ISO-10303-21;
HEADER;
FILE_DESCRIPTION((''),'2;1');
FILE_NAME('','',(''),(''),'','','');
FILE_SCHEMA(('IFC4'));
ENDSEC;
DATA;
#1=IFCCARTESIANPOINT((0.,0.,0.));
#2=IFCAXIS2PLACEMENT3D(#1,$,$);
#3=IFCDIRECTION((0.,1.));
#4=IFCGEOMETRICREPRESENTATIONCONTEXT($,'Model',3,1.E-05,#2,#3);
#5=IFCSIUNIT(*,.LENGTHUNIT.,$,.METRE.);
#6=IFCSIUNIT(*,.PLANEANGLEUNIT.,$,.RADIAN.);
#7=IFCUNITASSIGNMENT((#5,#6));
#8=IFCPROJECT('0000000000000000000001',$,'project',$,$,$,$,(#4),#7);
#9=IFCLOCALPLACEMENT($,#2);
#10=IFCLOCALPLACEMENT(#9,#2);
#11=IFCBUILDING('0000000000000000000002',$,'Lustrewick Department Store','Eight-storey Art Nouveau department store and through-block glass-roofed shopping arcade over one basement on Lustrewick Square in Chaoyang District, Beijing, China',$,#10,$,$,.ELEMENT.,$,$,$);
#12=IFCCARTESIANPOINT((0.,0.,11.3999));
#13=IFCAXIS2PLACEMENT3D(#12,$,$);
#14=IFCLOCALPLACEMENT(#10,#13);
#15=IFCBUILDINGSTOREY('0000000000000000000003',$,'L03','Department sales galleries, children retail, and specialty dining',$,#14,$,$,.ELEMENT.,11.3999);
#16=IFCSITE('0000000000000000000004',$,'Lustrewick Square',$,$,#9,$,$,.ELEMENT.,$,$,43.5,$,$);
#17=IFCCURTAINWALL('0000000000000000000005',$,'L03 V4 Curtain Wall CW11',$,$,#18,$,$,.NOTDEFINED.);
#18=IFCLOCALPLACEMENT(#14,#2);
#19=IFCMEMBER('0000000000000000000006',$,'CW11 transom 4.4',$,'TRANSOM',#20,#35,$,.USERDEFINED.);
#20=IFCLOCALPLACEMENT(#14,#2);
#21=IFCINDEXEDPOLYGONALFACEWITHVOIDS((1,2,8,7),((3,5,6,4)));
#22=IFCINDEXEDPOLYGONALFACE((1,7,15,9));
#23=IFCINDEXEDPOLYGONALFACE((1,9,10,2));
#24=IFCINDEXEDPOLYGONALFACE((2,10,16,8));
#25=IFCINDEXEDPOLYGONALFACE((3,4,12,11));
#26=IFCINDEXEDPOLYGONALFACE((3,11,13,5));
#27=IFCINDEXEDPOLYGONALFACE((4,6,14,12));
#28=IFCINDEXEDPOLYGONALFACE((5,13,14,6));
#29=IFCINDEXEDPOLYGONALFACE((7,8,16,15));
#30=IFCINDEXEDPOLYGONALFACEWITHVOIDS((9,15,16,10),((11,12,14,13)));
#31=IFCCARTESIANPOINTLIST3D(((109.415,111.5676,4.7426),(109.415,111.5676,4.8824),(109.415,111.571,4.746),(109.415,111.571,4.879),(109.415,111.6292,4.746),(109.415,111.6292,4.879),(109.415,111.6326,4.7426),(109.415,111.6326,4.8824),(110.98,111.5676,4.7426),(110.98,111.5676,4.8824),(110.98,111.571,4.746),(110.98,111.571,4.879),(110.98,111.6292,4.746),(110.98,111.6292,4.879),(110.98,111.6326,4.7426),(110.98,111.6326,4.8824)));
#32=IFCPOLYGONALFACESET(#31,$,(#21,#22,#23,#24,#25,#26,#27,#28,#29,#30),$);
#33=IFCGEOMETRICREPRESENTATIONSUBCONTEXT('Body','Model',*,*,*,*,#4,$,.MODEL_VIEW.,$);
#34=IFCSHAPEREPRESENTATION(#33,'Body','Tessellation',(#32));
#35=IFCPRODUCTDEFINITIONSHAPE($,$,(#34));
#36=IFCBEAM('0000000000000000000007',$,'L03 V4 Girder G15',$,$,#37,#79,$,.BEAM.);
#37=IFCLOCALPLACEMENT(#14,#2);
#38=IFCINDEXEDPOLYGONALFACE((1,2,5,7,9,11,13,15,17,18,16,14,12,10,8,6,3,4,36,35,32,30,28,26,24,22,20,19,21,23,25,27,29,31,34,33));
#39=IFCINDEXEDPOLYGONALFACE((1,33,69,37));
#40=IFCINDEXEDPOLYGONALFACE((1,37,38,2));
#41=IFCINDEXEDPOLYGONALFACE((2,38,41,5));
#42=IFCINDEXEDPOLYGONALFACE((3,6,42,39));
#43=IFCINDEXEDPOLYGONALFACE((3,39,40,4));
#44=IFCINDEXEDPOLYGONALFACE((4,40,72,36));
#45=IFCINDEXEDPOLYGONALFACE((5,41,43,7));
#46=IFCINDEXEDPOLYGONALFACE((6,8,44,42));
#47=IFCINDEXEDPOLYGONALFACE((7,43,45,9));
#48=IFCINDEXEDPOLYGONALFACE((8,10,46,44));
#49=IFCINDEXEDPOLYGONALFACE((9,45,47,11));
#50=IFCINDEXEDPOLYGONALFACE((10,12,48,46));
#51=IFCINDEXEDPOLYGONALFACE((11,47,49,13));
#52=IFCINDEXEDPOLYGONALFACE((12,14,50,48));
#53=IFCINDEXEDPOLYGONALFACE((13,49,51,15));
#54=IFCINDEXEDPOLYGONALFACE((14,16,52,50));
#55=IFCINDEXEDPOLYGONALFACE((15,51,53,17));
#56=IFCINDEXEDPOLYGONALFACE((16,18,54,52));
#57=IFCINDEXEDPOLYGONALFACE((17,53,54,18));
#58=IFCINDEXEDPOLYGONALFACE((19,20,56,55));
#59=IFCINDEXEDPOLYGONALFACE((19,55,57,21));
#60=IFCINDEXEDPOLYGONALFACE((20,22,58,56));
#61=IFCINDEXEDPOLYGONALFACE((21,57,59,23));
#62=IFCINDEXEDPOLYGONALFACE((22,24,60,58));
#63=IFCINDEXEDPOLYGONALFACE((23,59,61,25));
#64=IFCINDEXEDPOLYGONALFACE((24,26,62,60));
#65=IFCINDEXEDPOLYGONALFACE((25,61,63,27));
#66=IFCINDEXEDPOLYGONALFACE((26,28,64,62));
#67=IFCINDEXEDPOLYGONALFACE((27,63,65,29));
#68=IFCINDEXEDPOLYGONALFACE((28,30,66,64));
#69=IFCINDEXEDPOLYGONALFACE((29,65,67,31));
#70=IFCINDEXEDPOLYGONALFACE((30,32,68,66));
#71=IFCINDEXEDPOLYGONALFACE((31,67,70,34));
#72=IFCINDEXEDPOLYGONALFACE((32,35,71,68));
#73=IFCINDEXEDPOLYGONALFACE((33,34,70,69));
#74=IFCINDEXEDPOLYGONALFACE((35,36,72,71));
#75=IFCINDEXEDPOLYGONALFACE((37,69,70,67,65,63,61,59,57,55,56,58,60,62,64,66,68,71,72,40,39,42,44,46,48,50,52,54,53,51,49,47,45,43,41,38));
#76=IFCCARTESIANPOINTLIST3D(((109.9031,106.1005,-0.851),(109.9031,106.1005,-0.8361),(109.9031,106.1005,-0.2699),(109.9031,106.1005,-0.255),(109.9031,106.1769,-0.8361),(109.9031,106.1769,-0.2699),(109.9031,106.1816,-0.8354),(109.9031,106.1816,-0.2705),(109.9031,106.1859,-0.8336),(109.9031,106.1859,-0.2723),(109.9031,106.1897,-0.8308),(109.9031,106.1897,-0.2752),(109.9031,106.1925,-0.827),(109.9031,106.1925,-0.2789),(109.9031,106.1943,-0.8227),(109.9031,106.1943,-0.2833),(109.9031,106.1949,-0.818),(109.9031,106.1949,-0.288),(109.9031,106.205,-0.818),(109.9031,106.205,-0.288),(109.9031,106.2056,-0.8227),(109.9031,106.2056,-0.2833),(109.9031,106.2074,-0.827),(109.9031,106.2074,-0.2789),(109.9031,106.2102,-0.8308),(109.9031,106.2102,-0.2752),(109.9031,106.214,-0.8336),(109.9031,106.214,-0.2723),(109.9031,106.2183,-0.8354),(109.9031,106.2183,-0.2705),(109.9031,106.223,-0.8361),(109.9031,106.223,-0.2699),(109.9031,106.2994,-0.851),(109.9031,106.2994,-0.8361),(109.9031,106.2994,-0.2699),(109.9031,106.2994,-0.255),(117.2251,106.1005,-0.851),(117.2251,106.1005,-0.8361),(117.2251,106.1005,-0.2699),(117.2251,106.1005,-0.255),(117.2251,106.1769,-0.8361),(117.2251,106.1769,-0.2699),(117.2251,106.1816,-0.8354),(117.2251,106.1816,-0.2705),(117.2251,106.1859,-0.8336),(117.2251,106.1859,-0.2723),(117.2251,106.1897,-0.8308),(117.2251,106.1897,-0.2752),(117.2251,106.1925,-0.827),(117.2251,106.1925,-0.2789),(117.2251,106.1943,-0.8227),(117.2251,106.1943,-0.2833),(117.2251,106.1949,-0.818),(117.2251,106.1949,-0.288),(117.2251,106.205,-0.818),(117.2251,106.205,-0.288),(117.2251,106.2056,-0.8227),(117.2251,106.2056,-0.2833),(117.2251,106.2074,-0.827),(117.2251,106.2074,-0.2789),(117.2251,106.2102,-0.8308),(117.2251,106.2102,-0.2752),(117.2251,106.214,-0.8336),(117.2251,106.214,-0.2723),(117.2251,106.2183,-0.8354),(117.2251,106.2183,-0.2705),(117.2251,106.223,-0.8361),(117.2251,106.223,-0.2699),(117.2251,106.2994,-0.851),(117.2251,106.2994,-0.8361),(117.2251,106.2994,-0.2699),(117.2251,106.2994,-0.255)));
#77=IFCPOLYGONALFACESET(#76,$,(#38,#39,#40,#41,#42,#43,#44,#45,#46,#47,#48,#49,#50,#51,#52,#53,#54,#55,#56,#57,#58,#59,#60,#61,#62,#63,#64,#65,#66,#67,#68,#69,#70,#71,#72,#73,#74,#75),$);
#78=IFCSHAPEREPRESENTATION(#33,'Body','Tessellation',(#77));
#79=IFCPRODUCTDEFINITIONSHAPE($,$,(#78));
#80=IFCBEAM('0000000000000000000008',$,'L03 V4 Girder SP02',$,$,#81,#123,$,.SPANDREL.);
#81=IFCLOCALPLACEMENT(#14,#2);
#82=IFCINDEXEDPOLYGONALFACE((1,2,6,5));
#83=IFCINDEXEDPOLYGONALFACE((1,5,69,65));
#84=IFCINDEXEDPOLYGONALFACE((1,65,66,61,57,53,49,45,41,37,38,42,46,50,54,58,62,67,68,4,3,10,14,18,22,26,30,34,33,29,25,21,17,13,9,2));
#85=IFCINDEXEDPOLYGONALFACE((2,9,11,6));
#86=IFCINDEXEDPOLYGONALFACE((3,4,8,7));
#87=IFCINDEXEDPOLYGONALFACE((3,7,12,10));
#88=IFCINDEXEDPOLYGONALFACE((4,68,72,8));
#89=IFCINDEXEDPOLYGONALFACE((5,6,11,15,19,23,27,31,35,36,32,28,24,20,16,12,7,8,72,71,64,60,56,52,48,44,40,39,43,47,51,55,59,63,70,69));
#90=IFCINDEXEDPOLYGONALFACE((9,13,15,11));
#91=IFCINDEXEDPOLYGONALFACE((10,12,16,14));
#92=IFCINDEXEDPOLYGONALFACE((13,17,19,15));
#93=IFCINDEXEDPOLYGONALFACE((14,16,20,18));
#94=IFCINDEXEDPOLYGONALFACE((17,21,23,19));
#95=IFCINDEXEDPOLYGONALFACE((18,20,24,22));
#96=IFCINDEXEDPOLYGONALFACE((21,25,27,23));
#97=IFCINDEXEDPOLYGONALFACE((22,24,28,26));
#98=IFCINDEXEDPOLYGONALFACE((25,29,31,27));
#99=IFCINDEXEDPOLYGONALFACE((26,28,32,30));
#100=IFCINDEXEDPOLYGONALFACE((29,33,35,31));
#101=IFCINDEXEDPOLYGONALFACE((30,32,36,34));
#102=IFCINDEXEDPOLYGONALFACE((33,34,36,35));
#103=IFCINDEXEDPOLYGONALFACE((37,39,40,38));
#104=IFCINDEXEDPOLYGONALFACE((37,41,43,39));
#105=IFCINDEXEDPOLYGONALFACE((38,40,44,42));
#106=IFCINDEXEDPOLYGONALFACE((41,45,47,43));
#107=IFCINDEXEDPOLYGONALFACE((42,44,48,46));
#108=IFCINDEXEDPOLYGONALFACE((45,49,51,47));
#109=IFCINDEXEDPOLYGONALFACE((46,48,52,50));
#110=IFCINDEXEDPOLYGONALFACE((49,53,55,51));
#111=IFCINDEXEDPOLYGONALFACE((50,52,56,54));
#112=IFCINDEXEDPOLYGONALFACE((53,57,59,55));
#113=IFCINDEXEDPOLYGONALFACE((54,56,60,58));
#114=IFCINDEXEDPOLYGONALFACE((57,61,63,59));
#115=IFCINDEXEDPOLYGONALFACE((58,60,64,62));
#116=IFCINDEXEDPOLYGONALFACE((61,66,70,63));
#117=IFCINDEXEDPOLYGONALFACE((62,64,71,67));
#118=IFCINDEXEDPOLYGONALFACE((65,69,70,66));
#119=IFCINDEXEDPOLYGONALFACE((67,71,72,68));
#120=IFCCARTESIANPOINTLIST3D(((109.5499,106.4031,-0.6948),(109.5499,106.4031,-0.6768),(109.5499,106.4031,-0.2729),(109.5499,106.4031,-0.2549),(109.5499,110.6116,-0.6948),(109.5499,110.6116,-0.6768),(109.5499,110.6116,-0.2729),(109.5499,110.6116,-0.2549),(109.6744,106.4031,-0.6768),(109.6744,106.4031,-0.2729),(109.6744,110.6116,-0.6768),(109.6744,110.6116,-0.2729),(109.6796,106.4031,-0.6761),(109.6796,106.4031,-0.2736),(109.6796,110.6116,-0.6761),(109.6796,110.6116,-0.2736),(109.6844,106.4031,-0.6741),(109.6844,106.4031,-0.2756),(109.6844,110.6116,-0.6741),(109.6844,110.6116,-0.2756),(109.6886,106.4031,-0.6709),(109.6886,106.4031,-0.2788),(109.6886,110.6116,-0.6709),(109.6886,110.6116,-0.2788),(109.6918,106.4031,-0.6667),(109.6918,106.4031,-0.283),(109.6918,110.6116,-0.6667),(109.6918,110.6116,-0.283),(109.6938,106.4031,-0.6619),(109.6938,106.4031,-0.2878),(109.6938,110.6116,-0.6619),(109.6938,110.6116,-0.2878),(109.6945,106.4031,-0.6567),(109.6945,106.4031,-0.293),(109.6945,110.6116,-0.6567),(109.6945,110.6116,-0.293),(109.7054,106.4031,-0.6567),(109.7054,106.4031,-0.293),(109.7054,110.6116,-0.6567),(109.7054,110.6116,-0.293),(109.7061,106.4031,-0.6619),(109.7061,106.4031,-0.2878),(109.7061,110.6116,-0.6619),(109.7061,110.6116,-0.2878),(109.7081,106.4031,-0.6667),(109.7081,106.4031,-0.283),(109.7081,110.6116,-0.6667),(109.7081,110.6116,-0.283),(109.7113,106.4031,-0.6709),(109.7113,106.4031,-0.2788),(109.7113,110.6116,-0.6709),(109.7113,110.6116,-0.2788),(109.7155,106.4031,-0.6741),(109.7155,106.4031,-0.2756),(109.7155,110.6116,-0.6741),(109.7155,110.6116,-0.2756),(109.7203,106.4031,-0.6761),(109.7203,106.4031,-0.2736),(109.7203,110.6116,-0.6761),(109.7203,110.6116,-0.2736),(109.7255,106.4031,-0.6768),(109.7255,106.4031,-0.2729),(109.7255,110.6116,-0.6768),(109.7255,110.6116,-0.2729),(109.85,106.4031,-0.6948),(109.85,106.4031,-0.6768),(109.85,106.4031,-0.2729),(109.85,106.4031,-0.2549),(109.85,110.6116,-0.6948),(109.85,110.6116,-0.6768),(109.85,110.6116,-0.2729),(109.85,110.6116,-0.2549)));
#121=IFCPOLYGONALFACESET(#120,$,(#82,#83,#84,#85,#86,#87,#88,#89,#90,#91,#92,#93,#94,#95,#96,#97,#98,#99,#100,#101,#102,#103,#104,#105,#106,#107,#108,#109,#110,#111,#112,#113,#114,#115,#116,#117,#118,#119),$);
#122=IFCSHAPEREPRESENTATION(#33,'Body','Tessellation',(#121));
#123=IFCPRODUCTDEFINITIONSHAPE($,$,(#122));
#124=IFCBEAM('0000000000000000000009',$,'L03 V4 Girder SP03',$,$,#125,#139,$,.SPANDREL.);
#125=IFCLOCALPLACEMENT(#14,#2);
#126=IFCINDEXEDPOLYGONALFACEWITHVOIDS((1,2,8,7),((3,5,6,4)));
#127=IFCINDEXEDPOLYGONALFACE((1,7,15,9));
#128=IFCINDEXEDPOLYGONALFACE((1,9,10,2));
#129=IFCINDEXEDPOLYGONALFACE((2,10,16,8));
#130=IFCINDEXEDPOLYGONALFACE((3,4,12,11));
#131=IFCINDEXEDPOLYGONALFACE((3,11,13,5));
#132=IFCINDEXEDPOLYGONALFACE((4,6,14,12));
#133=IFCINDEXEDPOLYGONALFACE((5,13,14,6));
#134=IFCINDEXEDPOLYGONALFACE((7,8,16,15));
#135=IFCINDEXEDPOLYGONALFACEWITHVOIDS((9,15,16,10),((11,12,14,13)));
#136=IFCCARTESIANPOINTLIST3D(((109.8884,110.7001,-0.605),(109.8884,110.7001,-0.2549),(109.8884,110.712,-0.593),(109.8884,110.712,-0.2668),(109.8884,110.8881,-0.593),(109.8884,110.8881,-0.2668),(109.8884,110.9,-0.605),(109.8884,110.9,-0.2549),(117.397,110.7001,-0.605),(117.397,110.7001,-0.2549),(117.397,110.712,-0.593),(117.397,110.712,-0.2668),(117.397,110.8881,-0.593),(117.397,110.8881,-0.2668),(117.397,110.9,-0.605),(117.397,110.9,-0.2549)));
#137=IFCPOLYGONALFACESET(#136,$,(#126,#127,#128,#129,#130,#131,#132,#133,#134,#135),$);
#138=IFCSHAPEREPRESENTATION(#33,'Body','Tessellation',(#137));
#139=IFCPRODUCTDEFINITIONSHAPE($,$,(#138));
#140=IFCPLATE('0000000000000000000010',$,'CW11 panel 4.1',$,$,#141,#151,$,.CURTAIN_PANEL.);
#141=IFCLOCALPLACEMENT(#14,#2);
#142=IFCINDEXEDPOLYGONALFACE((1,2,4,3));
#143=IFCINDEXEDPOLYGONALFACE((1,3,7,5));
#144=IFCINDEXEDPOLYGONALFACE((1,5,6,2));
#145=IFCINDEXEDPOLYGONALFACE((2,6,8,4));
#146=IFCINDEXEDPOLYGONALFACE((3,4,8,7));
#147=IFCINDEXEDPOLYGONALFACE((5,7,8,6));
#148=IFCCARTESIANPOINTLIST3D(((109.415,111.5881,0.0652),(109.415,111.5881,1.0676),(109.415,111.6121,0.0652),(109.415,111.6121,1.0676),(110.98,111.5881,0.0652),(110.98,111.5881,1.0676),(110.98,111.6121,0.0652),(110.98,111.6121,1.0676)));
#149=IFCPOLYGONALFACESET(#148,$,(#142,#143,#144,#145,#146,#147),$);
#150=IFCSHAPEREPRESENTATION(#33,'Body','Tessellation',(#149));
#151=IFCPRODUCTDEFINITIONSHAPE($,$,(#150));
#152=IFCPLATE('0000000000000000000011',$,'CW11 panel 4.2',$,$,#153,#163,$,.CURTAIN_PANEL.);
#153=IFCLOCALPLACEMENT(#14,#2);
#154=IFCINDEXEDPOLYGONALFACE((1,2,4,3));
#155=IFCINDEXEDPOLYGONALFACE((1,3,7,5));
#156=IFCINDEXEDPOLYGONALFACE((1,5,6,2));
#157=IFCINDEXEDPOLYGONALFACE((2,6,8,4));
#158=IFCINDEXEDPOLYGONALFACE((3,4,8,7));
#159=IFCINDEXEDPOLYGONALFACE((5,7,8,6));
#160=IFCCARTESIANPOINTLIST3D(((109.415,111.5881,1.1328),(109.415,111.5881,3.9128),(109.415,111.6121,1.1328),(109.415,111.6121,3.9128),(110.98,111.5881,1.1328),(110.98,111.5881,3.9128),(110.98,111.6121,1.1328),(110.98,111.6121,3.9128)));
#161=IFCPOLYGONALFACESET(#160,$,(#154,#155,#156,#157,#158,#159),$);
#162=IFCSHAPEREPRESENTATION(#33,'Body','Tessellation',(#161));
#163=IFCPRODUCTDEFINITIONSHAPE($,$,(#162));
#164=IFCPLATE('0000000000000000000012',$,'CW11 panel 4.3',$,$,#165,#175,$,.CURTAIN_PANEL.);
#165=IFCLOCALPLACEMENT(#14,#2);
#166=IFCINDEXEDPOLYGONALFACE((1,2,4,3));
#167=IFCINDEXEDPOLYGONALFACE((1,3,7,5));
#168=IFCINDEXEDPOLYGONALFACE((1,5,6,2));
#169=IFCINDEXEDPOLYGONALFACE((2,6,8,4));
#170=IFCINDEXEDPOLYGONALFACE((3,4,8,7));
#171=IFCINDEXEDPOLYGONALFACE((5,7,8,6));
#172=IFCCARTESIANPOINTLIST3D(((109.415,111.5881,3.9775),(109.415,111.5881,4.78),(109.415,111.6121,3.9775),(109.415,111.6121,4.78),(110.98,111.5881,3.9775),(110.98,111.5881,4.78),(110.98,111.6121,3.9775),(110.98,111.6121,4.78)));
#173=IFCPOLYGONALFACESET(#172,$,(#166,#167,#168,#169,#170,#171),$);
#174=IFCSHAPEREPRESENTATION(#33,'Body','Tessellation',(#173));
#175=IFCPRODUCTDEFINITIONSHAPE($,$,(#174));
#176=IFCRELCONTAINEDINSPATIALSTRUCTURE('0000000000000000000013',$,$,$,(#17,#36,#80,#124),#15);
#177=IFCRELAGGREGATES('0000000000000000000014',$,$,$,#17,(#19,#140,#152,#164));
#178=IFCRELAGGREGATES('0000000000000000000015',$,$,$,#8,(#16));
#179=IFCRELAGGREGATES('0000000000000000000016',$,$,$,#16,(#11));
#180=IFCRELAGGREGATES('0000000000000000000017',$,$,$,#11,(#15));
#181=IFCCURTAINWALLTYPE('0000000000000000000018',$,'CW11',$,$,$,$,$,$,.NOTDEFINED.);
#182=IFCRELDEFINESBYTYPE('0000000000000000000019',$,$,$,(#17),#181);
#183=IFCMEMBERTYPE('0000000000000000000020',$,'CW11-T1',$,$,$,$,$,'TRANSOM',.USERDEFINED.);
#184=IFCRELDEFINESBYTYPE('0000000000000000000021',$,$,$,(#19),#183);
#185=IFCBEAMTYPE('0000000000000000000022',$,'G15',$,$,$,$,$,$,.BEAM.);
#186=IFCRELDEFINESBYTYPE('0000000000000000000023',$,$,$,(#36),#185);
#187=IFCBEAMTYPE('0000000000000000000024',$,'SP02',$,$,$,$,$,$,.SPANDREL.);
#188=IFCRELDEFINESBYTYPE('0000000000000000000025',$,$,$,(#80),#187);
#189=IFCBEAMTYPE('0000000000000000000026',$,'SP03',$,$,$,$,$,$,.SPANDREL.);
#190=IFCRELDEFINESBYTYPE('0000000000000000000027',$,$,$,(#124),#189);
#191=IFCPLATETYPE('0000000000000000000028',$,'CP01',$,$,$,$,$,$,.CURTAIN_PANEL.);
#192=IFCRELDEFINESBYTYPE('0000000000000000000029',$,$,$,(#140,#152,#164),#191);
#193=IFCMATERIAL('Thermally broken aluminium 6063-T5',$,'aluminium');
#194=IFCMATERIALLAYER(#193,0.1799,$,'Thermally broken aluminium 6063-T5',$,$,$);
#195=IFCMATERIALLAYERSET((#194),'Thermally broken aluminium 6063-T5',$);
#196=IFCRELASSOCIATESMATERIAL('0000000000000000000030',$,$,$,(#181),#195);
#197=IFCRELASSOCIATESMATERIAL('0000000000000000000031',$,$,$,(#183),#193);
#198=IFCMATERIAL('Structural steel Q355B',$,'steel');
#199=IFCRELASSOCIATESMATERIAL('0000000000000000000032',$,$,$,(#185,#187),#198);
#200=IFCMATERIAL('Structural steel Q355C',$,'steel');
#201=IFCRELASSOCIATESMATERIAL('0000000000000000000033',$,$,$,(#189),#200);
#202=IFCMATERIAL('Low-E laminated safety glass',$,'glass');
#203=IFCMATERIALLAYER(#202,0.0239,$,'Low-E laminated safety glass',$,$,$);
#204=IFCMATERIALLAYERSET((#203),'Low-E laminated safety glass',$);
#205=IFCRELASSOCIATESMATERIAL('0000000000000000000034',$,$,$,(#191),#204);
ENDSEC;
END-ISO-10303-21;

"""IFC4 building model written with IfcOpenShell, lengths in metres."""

from ifc_helpers import new_model, si_unit, direction, frame, origin, origin_2d, place, context, subcontext, project, spatial, rectangle, hollow_rectangle, i_section, extrude, material, layer, layer_set, material_profile, profile_set, type_object, element, aggregate, save


model = new_model("IFC4")

# Units and contexts
model_context = context("Model", 3, precision=1e-05, world=origin(), true_north=direction((0.0, 1.0)))
body_context = subcontext(model_context, "Body", "Model", "MODEL_VIEW")
ifc_project = project(units=[si_unit("LENGTHUNIT", "METRE"), si_unit("PLANEANGLEUNIT", "RADIAN")], contexts=[model_context])

# Site, building, storey
site_placement = place(None, origin())
site = spatial("IfcSite", under=ifc_project, at=site_placement, Name="Lustrewick Square", CompositionType="ELEMENT", RefElevation=43.5)
building_placement = place(site_placement, origin())
building = spatial("IfcBuilding", under=site, at=building_placement, Name="Lustrewick Department Store", Description="Eight-storey Art Nouveau department store and through-block glass-roofed shopping arcade over one basement on Lustrewick Square in Chaoyang District, Beijing, China", CompositionType="ELEMENT")
storey_placement = place(building_placement, frame((0.0, 0.0, 11.3999)))
storey = spatial("IfcBuildingStorey", under=building, at=storey_placement, Name="L03", Description="Department sales galleries, children retail, and specialty dining", CompositionType="ELEMENT", Elevation=11.3999)

# Shared definitions
ifc_material_1 = material(Name="Structural steel Q355C", Category="steel")
ifc_material_2 = material(Name="Structural steel Q355B", Category="steel")

# Curtain wall, member
ifc_material_3 = material(Name="Thermally broken aluminium 6063-T5", Category="aluminium")
ifc_layer_1 = layer(ifc_material_3, 0.1799, Name="Thermally broken aluminium 6063-T5")
ifc_layer_set_1 = layer_set([ifc_layer_1], Name="Thermally broken aluminium 6063-T5")
curtain_wall_type = type_object("IfcCurtainWallType", Name="CW11", PredefinedType="NOTDEFINED", material=ifc_layer_set_1)
curtain_wall_placement = place(storey_placement, origin())
curtain_wall = element("IfcCurtainWall", 1, at=curtain_wall_placement, inside=storey, type_object=curtain_wall_type, Name="L03 V4 Curtain Wall CW11", PredefinedType="NOTDEFINED")
ifc_material_profile_1 = material_profile(ifc_material_3, hollow_rectangle(XDim=0.0649, YDim=0.1399, WallThickness=0.0034, at=origin_2d()), Name="ALU-T 65x140x3.5")
ifc_profile_set_1 = profile_set([ifc_material_profile_1], Name="Thermally broken aluminium 6063-T5")
member_type_1 = type_object("IfcMemberType", Name="CW11-T1", ElementType="TRANSOM", PredefinedType="USERDEFINED", material=ifc_profile_set_1)
member_1_placement = place(storey_placement, frame((110.98, 111.6001, 4.8125), z_axis=(-1.0, 0.0, 0.0), x_axis=(0.0, -1.0, 0.0)))
member_1 = element("IfcMember", 2, at=member_1_placement, type_object=member_type_1, Name="CW11 transom 4.4", ObjectType="TRANSOM", PredefinedType="USERDEFINED", context=body_context, shape_type="SweptSolid", body=[
    extrude(hollow_rectangle(XDim=0.0649, YDim=0.1399, WallThickness=0.0034, at=origin_2d()), origin(), (0.0, 0.0, 1.0), 1.5649),
])

# Beams
ifc_material_profile_2 = material_profile(ifc_material_2, i_section(OverallWidth=0.199, OverallDepth=0.5959, WebThickness=0.01, FlangeThickness=0.0149, FilletRadius=0.0181, at=origin_2d()), Name="HN 596x199x10x15")
ifc_profile_set_2 = profile_set([ifc_material_profile_2], Name="Structural steel Q355B")
beam_type_1 = type_object("IfcBeamType", Name="G15", PredefinedType="BEAM", material=ifc_profile_set_2)
beam_1_placement = place(storey_placement, frame((109.9031, 106.2, -0.553), z_axis=(1.0, 0.0, 0.0), x_axis=(0.0, 1.0, 0.0)))
element("IfcBeam", 3, at=beam_1_placement, inside=storey, type_object=beam_type_1, Name="L03 V4 Girder G15", PredefinedType="BEAM", context=body_context, shape_type="SweptSolid", body=[
    extrude(i_section(OverallWidth=0.199, OverallDepth=0.5959, WebThickness=0.01, FlangeThickness=0.0149, FilletRadius=0.0181, at=origin_2d()), origin(), (0.0, 0.0, 1.0), 7.322),
])
ifc_material_profile_3 = material_profile(ifc_material_2, i_section(OverallWidth=0.3, OverallDepth=0.4399, WebThickness=0.011, FlangeThickness=0.0181, FilletRadius=0.02, at=origin_2d()), Name="HM 440x300x11x18")
ifc_profile_set_3 = profile_set([ifc_material_profile_3], Name="Structural steel Q355B")
beam_type_2 = type_object("IfcBeamType", Name="SP02", PredefinedType="SPANDREL", material=ifc_profile_set_3)
beam_2_placement = place(storey_placement, frame((109.7, 106.4031, -0.4749), z_axis=(0.0, 1.0, 0.0), x_axis=(-1.0, 0.0, 0.0)))
element("IfcBeam", 4, at=beam_2_placement, inside=storey, type_object=beam_type_2, Name="L03 V4 Girder SP02", PredefinedType="SPANDREL", context=body_context, shape_type="SweptSolid", body=[
    extrude(i_section(OverallWidth=0.3, OverallDepth=0.4399, WebThickness=0.011, FlangeThickness=0.0181, FilletRadius=0.02, at=origin_2d()), origin(), (0.0, 0.0, 1.0), 4.2085),
])
ifc_material_profile_4 = material_profile(ifc_material_1, hollow_rectangle(XDim=0.2, YDim=0.3501, WallThickness=0.012, at=origin_2d()), Name="RHS 350x200x12")
ifc_profile_set_4 = profile_set([ifc_material_profile_4], Name="Structural steel Q355C")
beam_type_3 = type_object("IfcBeamType", Name="SP03", PredefinedType="SPANDREL", material=ifc_profile_set_4)
beam_3_placement = place(storey_placement, frame((109.8884, 110.8, -0.4299), z_axis=(1.0, 0.0, 0.0), x_axis=(0.0, 1.0, 0.0)))
element("IfcBeam", 5, at=beam_3_placement, inside=storey, type_object=beam_type_3, Name="L03 V4 Girder SP03", PredefinedType="SPANDREL", context=body_context, shape_type="SweptSolid", body=[
    extrude(hollow_rectangle(XDim=0.2, YDim=0.3501, WallThickness=0.012, at=origin_2d()), origin(), (0.0, 0.0, 1.0), 7.5085),
])

# Plates
ifc_material_4 = material(Name="Low-E laminated safety glass", Category="glass")
ifc_layer_2 = layer(ifc_material_4, 0.0239, Name="Low-E laminated safety glass")
ifc_layer_set_2 = layer_set([ifc_layer_2], Name="Low-E laminated safety glass")
plate_type_1 = type_object("IfcPlateType", Name="CP01", PredefinedType="CURTAIN_PANEL", material=ifc_layer_set_2)
plate_1_placement = place(storey_placement, frame((110.1975, 111.6001, 0.0652), z_axis=(0.0, 0.0, 1.0), x_axis=(-1.0, 0.0, 0.0)))
plate_1 = element("IfcPlate", 6, at=plate_1_placement, type_object=plate_type_1, Name="CW11 panel 4.1", PredefinedType="CURTAIN_PANEL", context=body_context, shape_type="SweptSolid", body=[
    extrude(rectangle(XDim=1.5649, YDim=0.0239, at=origin_2d()), origin(), (0.0, 0.0, 1.0), 1.0024),
])
plate_2_placement = place(storey_placement, frame((110.1975, 111.6001, 1.1328), z_axis=(0.0, 0.0, 1.0), x_axis=(-1.0, 0.0, 0.0)))
plate_2 = element("IfcPlate", 7, at=plate_2_placement, type_object=plate_type_1, Name="CW11 panel 4.2", PredefinedType="CURTAIN_PANEL", context=body_context, shape_type="SweptSolid", body=[
    extrude(rectangle(XDim=1.5649, YDim=0.0239, at=origin_2d()), origin(), (0.0, 0.0, 1.0), 2.78),
])
plate_3_placement = place(storey_placement, frame((110.1975, 111.6001, 3.9775), z_axis=(0.0, 0.0, 1.0), x_axis=(-1.0, 0.0, 0.0)))
plate_3 = element("IfcPlate", 8, at=plate_3_placement, type_object=plate_type_1, Name="CW11 panel 4.3", PredefinedType="CURTAIN_PANEL", context=body_context, shape_type="SweptSolid", body=[
    extrude(rectangle(XDim=1.5649, YDim=0.0239, at=origin_2d()), origin(), (0.0, 0.0, 1.0), 0.8025),
])
aggregate(curtain_wall, [member_1, plate_1, plate_2, plate_3])

save(model, "model.ifc")
